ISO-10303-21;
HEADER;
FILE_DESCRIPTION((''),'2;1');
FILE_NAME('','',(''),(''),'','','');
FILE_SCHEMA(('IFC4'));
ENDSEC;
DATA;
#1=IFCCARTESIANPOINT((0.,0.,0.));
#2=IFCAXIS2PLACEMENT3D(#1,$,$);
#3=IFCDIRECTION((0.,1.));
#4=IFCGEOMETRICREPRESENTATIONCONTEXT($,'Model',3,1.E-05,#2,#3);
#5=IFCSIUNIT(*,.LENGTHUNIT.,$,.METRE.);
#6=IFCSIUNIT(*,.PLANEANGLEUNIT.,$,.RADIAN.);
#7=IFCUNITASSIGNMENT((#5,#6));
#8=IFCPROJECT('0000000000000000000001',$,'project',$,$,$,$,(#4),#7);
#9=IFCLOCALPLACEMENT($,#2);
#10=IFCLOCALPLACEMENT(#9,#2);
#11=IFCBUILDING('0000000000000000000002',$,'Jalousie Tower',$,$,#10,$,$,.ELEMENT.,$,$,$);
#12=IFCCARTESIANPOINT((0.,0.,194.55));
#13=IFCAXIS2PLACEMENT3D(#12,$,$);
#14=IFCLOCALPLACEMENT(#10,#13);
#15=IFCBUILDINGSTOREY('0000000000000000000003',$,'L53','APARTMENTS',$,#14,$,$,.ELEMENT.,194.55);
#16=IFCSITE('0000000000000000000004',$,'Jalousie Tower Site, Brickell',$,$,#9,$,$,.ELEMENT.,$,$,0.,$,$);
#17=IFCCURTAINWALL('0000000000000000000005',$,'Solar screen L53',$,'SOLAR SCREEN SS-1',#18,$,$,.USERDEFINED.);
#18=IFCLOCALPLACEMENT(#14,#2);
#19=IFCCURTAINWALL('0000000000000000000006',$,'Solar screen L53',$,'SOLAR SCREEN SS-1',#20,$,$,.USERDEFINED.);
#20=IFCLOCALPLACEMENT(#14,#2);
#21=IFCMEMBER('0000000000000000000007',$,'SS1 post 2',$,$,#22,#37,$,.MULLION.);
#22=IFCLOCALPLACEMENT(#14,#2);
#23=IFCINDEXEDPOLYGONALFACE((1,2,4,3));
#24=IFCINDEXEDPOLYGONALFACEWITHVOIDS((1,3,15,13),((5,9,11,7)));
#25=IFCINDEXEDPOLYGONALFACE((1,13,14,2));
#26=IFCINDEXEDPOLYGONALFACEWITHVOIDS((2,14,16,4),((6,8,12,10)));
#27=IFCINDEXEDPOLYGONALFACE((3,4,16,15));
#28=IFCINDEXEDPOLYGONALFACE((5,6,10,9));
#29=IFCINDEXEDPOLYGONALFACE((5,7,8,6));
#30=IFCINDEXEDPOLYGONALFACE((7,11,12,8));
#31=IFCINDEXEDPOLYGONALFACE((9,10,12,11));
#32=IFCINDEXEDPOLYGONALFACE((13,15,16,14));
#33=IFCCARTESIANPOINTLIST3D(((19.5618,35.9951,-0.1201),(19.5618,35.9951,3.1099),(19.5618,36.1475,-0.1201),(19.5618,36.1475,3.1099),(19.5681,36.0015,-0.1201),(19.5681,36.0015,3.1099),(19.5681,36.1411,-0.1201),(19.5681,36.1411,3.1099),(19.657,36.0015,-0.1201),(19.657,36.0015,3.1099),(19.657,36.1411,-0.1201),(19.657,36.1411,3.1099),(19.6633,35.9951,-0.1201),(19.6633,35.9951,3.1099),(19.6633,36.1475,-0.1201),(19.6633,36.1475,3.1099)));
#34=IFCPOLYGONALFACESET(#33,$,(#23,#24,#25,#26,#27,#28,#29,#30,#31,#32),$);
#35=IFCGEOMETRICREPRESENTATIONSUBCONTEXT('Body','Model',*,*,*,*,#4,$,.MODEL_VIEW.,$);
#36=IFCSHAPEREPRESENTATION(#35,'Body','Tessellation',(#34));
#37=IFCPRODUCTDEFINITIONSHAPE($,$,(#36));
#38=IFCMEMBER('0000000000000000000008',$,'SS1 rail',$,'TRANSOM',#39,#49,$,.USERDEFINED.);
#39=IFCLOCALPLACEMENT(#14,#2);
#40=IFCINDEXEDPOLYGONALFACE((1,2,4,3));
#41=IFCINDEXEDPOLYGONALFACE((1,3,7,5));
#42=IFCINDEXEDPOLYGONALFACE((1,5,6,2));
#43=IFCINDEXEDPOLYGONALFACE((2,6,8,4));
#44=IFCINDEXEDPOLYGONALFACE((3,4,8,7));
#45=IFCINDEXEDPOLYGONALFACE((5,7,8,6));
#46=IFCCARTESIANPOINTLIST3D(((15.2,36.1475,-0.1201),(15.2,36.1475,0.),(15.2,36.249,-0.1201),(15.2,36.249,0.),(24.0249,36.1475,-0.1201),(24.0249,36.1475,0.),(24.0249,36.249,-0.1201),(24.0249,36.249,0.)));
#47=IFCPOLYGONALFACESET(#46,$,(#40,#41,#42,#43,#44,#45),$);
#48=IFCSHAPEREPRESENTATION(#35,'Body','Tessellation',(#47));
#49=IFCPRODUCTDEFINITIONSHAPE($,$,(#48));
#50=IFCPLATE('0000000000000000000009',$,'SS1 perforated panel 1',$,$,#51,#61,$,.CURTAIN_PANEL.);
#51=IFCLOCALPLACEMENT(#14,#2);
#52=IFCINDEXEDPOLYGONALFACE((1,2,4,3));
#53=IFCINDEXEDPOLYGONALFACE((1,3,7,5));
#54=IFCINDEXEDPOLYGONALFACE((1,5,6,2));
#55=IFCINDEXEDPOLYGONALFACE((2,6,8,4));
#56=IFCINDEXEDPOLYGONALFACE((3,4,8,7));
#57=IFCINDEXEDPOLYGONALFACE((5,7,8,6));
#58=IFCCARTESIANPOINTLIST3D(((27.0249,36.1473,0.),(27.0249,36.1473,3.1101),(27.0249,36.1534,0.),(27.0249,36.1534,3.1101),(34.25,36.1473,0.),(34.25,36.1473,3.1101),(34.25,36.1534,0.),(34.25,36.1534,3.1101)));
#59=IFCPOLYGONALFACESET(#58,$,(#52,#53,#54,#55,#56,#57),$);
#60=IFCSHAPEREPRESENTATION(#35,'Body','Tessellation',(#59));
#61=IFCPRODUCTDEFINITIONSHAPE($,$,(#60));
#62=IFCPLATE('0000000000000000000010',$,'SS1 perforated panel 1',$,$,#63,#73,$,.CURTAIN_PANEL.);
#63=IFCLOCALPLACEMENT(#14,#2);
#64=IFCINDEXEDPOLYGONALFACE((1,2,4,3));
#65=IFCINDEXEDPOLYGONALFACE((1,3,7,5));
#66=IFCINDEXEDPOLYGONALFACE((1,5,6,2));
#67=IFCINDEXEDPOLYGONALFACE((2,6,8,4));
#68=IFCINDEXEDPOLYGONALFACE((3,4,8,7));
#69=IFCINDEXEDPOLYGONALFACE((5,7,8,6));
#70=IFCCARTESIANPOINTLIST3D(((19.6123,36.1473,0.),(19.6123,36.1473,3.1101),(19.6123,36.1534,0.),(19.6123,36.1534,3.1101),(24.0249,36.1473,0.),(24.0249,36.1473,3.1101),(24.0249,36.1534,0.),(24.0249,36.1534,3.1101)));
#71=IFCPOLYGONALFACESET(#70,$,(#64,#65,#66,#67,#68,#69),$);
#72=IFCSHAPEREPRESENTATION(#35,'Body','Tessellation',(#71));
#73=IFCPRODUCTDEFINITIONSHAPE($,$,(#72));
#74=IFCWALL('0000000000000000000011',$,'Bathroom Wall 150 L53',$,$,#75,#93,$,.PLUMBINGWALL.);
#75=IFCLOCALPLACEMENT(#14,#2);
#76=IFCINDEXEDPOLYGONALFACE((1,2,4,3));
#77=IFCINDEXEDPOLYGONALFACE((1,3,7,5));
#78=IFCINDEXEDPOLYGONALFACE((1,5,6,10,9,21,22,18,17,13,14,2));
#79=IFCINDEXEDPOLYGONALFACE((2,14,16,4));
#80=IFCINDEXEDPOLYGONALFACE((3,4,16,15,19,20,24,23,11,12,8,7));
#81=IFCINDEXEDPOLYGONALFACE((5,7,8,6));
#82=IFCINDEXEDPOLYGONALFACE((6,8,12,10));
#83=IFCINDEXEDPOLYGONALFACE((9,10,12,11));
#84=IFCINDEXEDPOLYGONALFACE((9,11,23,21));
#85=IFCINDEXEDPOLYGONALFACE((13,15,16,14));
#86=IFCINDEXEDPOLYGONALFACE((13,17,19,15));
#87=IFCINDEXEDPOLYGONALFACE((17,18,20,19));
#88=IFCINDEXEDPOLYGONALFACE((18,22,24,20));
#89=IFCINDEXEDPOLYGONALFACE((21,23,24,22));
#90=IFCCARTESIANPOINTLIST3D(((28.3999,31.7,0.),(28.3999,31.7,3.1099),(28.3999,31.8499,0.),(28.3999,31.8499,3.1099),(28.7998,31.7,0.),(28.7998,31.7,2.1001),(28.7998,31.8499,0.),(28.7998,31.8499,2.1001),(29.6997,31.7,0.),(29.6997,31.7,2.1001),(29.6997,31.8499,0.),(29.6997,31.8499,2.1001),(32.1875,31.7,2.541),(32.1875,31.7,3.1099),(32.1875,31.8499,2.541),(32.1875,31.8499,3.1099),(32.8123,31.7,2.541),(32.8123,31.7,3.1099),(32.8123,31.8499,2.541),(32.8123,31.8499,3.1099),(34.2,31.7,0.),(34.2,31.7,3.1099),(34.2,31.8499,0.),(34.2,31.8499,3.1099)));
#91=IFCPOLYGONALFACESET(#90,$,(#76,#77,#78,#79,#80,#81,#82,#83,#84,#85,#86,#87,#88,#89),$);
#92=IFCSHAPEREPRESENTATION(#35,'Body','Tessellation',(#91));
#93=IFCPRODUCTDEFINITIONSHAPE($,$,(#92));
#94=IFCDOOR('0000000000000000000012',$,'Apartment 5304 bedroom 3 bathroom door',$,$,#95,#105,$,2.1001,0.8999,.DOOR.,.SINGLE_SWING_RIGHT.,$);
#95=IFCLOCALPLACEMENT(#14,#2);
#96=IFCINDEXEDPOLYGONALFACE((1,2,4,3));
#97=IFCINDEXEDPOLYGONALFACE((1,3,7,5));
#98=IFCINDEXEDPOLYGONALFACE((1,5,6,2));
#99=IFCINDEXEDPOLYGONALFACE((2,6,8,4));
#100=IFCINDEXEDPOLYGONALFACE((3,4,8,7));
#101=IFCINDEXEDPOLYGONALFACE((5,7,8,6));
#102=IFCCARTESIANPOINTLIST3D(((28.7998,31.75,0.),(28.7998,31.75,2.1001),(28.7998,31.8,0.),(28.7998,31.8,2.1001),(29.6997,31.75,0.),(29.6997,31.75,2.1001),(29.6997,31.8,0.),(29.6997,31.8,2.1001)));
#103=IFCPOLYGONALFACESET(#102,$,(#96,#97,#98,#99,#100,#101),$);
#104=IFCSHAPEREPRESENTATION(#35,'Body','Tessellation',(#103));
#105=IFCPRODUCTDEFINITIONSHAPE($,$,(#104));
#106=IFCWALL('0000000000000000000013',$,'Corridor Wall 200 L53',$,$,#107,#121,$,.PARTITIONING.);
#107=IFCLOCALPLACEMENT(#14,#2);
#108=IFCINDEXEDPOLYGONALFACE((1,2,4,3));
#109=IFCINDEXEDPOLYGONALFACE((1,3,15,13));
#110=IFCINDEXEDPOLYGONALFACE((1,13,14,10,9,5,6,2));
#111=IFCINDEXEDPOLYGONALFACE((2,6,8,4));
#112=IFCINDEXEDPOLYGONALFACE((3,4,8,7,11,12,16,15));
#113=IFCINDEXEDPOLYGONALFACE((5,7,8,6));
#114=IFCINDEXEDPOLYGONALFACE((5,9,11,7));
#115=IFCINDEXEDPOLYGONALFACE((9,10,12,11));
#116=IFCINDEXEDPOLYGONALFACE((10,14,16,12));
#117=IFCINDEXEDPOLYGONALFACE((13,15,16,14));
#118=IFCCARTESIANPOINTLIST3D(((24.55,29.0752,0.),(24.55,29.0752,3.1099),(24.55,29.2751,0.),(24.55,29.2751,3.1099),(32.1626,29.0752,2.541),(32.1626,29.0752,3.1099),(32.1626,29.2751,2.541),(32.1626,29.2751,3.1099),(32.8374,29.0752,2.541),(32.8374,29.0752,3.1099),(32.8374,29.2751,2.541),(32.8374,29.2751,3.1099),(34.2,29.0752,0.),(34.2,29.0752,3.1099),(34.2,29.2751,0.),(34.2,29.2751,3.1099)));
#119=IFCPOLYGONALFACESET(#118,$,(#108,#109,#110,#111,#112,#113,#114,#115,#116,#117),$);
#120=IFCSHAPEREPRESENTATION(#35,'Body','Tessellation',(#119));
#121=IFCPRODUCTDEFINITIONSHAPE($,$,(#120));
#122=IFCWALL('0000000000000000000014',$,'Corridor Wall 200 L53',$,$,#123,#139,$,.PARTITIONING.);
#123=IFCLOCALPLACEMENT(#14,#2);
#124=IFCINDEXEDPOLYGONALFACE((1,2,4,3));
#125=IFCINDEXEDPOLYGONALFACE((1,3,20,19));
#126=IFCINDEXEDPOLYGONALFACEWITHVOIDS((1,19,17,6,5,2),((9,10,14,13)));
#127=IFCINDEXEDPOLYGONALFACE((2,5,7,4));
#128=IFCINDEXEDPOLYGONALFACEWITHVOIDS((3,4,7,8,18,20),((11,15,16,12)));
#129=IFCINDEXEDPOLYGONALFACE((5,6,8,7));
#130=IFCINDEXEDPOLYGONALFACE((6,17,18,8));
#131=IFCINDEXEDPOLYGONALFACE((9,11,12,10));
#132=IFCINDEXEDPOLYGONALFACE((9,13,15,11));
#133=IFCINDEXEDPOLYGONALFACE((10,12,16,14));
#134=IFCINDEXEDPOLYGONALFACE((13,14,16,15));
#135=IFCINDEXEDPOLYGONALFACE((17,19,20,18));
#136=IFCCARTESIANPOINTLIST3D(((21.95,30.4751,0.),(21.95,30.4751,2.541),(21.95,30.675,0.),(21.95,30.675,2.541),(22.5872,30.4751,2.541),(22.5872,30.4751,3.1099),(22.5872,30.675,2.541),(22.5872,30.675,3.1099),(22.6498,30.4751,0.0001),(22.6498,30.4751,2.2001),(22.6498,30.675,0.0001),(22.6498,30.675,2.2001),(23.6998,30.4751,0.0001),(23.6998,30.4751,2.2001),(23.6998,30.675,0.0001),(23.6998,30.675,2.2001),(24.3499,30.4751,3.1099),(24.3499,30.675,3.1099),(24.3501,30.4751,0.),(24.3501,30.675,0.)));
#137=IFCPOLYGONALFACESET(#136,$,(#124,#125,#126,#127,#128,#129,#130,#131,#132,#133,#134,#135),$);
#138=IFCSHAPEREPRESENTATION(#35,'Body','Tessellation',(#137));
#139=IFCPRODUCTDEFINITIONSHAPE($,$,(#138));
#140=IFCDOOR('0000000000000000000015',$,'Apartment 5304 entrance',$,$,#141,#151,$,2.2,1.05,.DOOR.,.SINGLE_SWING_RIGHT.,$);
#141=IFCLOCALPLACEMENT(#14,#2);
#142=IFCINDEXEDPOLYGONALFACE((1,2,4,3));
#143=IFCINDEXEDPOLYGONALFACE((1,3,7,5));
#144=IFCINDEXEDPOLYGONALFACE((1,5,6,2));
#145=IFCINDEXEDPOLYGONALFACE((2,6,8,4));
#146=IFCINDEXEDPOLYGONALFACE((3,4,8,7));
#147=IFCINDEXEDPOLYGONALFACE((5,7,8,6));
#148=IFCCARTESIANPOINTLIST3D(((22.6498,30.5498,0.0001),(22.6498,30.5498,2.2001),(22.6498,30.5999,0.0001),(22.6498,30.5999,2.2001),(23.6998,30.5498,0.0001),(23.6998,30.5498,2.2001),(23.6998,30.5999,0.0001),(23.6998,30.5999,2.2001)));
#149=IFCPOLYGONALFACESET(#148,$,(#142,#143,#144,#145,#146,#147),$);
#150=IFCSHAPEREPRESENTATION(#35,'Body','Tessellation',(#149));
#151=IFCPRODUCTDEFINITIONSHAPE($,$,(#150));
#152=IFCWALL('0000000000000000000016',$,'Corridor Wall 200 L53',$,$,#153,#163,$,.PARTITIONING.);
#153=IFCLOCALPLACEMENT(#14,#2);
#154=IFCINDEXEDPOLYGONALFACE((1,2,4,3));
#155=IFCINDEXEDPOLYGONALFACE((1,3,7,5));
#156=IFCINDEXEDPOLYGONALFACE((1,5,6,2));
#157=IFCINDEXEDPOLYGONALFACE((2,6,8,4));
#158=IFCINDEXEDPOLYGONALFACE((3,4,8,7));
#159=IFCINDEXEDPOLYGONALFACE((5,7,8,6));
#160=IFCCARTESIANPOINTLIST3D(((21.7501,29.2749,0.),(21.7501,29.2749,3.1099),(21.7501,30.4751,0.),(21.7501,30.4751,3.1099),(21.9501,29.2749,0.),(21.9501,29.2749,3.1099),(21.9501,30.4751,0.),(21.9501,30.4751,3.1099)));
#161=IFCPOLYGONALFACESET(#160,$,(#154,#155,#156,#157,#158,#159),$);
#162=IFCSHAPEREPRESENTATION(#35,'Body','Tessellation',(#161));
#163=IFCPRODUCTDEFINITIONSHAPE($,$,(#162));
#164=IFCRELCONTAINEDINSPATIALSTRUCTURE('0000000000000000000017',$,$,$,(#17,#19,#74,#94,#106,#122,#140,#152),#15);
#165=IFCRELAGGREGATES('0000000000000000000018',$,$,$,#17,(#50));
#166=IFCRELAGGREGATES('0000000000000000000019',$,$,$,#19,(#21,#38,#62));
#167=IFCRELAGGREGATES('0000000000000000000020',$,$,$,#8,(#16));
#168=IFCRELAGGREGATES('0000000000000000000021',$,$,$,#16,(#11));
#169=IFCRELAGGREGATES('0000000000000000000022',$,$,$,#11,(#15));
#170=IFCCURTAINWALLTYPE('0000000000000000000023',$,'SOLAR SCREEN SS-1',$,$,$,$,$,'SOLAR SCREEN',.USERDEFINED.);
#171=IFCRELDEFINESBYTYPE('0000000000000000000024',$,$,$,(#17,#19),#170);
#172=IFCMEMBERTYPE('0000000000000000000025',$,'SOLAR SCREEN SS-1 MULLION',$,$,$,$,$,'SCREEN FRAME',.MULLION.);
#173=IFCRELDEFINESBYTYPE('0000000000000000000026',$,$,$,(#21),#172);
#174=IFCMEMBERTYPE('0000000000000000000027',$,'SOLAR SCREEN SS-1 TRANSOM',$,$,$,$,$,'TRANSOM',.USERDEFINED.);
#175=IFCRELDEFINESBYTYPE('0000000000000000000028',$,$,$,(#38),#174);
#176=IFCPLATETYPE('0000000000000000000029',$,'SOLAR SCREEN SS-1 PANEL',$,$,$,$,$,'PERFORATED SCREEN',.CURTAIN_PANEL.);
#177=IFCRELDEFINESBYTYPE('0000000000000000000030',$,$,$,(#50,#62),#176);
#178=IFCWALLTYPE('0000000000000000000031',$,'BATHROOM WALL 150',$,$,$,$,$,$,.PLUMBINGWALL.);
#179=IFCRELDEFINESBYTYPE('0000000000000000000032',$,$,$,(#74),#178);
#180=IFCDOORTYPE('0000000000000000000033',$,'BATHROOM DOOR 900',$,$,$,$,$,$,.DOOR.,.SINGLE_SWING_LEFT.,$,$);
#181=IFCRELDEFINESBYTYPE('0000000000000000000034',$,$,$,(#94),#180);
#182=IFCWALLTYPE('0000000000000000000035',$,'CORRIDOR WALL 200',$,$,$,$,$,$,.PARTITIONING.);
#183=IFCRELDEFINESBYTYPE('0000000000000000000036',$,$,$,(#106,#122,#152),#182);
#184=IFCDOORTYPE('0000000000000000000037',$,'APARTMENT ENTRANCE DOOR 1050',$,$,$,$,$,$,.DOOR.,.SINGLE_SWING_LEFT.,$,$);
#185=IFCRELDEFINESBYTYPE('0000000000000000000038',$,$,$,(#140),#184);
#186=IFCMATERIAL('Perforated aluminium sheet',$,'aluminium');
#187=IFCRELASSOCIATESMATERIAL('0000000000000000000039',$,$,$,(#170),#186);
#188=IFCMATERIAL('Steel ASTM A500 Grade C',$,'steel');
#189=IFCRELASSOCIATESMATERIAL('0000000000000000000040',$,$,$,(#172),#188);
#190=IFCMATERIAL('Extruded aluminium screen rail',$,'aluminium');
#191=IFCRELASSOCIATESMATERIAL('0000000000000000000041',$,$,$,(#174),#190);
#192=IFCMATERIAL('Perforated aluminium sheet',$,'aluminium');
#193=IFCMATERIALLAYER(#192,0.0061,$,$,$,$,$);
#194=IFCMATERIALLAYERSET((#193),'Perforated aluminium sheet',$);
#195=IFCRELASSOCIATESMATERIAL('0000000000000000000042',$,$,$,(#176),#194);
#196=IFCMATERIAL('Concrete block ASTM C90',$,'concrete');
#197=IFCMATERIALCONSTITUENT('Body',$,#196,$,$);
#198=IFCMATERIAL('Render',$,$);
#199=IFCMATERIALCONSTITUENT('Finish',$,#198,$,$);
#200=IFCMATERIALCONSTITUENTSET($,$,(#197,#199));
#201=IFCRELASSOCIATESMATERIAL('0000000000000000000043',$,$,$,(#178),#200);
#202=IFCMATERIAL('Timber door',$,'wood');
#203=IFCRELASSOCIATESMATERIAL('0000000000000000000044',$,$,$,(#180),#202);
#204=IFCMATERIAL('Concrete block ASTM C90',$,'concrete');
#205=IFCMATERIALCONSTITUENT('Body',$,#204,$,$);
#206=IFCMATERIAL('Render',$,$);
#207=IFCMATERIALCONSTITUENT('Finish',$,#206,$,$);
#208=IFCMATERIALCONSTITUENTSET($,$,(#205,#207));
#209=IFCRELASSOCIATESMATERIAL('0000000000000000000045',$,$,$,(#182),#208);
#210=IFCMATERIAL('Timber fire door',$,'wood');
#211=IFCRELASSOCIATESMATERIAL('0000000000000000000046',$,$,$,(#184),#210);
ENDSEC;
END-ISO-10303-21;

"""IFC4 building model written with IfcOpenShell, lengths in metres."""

from ifc_helpers import new_model, si_unit, direction, frame, frame_2d, origin, origin_2d, place, context, subcontext, project, spatial, polyline, rectangle, hollow_rectangle, outline, extrude, material, layer, layer_set, constituent, constituent_set, material_profile, profile_set, type_object, element, fill, aggregate, save


model = new_model("IFC4")

# Units and contexts
model_context = context("Model", 3, precision=1e-05, world=origin(), true_north=direction((0.0, 1.0)))
body_context = subcontext(model_context, "Body", "Model", "MODEL_VIEW")
ifc_project = project(units=[si_unit("LENGTHUNIT", "METRE"), si_unit("PLANEANGLEUNIT", "RADIAN")], contexts=[model_context])

# Site, building, storey
site_placement = place(None, origin())
site = spatial("IfcSite", under=ifc_project, at=site_placement, Name="Jalousie Tower Site, Brickell", CompositionType="ELEMENT", RefElevation=0.0)
building_placement = place(site_placement, origin())
building = spatial("IfcBuilding", under=site, at=building_placement, Name="Jalousie Tower", CompositionType="ELEMENT")
storey_placement = place(building_placement, frame((0.0, 0.0, 194.55)))
storey = spatial("IfcBuildingStorey", under=building, at=storey_placement, Name="L53", Description="APARTMENTS", CompositionType="ELEMENT", Elevation=194.55)

# Curtain wall
ifc_material_1 = material(Name="Perforated aluminium sheet", Category="aluminium")
curtain_wall_type = type_object("IfcCurtainWallType", Name="SOLAR SCREEN SS-1", ElementType="SOLAR SCREEN", PredefinedType="USERDEFINED", material=ifc_material_1)
curtain_wall_1_placement = place(storey_placement, origin())
curtain_wall_1 = element("IfcCurtainWall", 1, at=curtain_wall_1_placement, inside=storey, type_object=curtain_wall_type, Name="Solar screen L53", ObjectType="SOLAR SCREEN SS-1", PredefinedType="USERDEFINED")
ifc_material_2 = material(Name="Steel ASTM A500 Grade C", Category="steel")
ifc_material_profile_1 = material_profile(ifc_material_2, hollow_rectangle(XDim=0.1016, YDim=0.1523, WallThickness=0.0063, at=origin_2d()), Name="HSS6X4X1/4")
ifc_profile_set_1 = profile_set([ifc_material_profile_1], Name="Steel ASTM A500 Grade C")
member_type_1 = type_object("IfcMemberType", Name="SOLAR SCREEN SS-1 MULLION", ElementType="SCREEN FRAME", PredefinedType="MULLION", material=ifc_profile_set_1)

# Curtain wall, members
curtain_wall_2_placement = place(storey_placement, origin())
curtain_wall_2 = element("IfcCurtainWall", 2, at=curtain_wall_2_placement, inside=storey, type_object=curtain_wall_type, Name="Solar screen L53", ObjectType="SOLAR SCREEN SS-1", PredefinedType="USERDEFINED")
member_1_placement = place(storey_placement, frame((19.6125, 36.0713, -0.1201), z_axis=(0.0, 0.0, 1.0), x_axis=(-1.0, 0.0, 0.0)))
member_1 = element("IfcMember", 3, at=member_1_placement, type_object=member_type_1, Name="SS1 post 2", PredefinedType="MULLION", context=body_context, shape_type="SweptSolid", body=[
    extrude(hollow_rectangle(XDim=0.1016, YDim=0.1523, WallThickness=0.0063, at=origin_2d()), origin(), (0.0, 0.0, 1.0), 3.23),
])
ifc_material_3 = material(Name="Extruded aluminium screen rail", Category="aluminium")
ifc_material_profile_2 = material_profile(ifc_material_3, rectangle(XDim=0.1016, YDim=0.1201, at=origin_2d()), Name="RAIL 102x120")
ifc_profile_set_2 = profile_set([ifc_material_profile_2], Name="Extruded aluminium screen rail")
member_type_2 = type_object("IfcMemberType", Name="SOLAR SCREEN SS-1 TRANSOM", ElementType="TRANSOM", PredefinedType="USERDEFINED", material=ifc_profile_set_2)
member_2_placement = place(storey_placement, frame((24.0249, 36.1982, -0.0601), z_axis=(-1.0, 0.0, 0.0), x_axis=(0.0, -1.0, 0.0)))
member_2 = element("IfcMember", 4, at=member_2_placement, type_object=member_type_2, Name="SS1 rail", ObjectType="TRANSOM", PredefinedType="USERDEFINED", context=body_context, shape_type="SweptSolid", body=[
    extrude(rectangle(XDim=0.1016, YDim=0.1201, at=origin_2d()), origin(), (0.0, 0.0, 1.0), 8.825),
])

# Plates
ifc_material_4 = material(Name="Perforated aluminium sheet", Category="aluminium")
ifc_layer = layer(ifc_material_4, 0.0061)
ifc_layer_set = layer_set([ifc_layer], Name="Perforated aluminium sheet")
plate_type = type_object("IfcPlateType", Name="SOLAR SCREEN SS-1 PANEL", ElementType="PERFORATED SCREEN", PredefinedType="CURTAIN_PANEL", material=ifc_layer_set)
plate_1_placement = place(storey_placement, frame((30.6375, 36.1504, 0.0), z_axis=(0.0, 0.0, 1.0), x_axis=(-1.0, 0.0, 0.0)))
plate_1 = element("IfcPlate", 5, at=plate_1_placement, type_object=plate_type, Name="SS1 perforated panel 1", PredefinedType="CURTAIN_PANEL", context=body_context, shape_type="SweptSolid", body=[
    extrude(rectangle(XDim=7.2251, YDim=0.0061, at=origin_2d()), origin(), (0.0, 0.0, 1.0), 3.1101),
])
aggregate(curtain_wall_1, [plate_1])
plate_2_placement = place(storey_placement, frame((21.8186, 36.1504, 0.0), z_axis=(0.0, 0.0, 1.0), x_axis=(-1.0, 0.0, 0.0)))
plate_2 = element("IfcPlate", 6, at=plate_2_placement, type_object=plate_type, Name="SS1 perforated panel 1", PredefinedType="CURTAIN_PANEL", context=body_context, shape_type="SweptSolid", body=[
    extrude(rectangle(XDim=4.4126, YDim=0.0061, at=origin_2d()), origin(), (0.0, 0.0, 1.0), 3.1101),
])
aggregate(curtain_wall_2, [member_1, member_2, plate_2])

# Wall, opening, door
ifc_material_5 = material(Name="Concrete block ASTM C90", Category="concrete")
ifc_constituent_1 = constituent(ifc_material_5, Name="Body")
ifc_material_6 = material(Name="Render")
ifc_constituent_2 = constituent(ifc_material_6, Name="Finish")
ifc_constituent_set_1 = constituent_set(constituents=[ifc_constituent_1, ifc_constituent_2])
wall_type_1 = type_object("IfcWallType", Name="BATHROOM WALL 150", PredefinedType="PLUMBINGWALL", material=ifc_constituent_set_1)
wall_1_placement = place(storey_placement, frame((28.3999, 31.7749, 0.0), z_axis=(0.0, 0.0, 1.0), x_axis=(1.0, 0.0, 0.0)))
wall_1 = element("IfcWall", 7, at=wall_1_placement, inside=storey, type_object=wall_type_1, Name="Bathroom Wall 150 L53", PredefinedType="PLUMBINGWALL", context=body_context, shape_type="SweptSolid", body=[
    extrude(outline(polyline([(0.0, 0.0), (5.8, 0.0), (5.8, 3.1099), (4.4124, 3.1099), (4.4124, 2.541), (3.7876, 2.541), (3.7876, 3.1099), (0.0, 3.1099), (0.0, 0.0)])), frame((0.0, 0.075, 0.0), z_axis=(0.0, -1.0, 0.0), x_axis=(1.0, 0.0, 0.0)), (0.0, 0.0, 1.0), 0.1499),
])
opening_1_placement = place(wall_1_placement, frame((0.3999, 0.0, 0.0)))
opening_1 = element("IfcOpeningElement", 8, at=opening_1_placement, cuts=wall_1, PredefinedType="OPENING", context=body_context, shape_type="SweptSolid", body=[
    extrude(rectangle(XDim=0.8999, YDim=2.1001, at=frame_2d((0.45, 1.05))), frame((0.0, 0.085, 0.0), z_axis=(0.0, -1.0, 0.0), x_axis=(1.0, 0.0, 0.0)), (0.0, 0.0, 1.0), 0.1699),
])
ifc_material_7 = material(Name="Timber door", Category="wood")
door_type_1 = type_object("IfcDoorType", Name="BATHROOM DOOR 900", OperationType="SINGLE_SWING_LEFT", PredefinedType="DOOR", material=ifc_material_7)
door_1_placement = place(opening_1_placement, frame((0.8999, 0.0, 0.0), z_axis=(0.0, 0.0, 1.0), x_axis=(-1.0, 0.0, 0.0)))
door_1 = element("IfcDoor", 9, at=door_1_placement, inside=storey, type_object=door_type_1, Name="Apartment 5304 bedroom 3 bathroom door", OperationType="SINGLE_SWING_RIGHT", OverallHeight=2.1001, OverallWidth=0.8999, PredefinedType="DOOR", context=body_context, shape_type="SweptSolid", body=[
    extrude(rectangle(XDim=0.8999, YDim=2.1001, at=frame_2d((0.45, 1.05))), frame((0.0, 0.0249, 0.0), z_axis=(0.0, -1.0, 0.0), x_axis=(1.0, 0.0, 0.0)), (0.0, 0.0, 1.0), 0.05),
])
fill(opening_1, door_1)

# Wall
ifc_material_8 = material(Name="Concrete block ASTM C90", Category="concrete")
ifc_constituent_3 = constituent(ifc_material_8, Name="Body")
ifc_material_9 = material(Name="Render")
ifc_constituent_4 = constituent(ifc_material_9, Name="Finish")
ifc_constituent_set_2 = constituent_set(constituents=[ifc_constituent_3, ifc_constituent_4])
wall_type_2 = type_object("IfcWallType", Name="CORRIDOR WALL 200", PredefinedType="PARTITIONING", material=ifc_constituent_set_2)
wall_2_placement = place(storey_placement, frame((24.55, 29.175, 0.0), z_axis=(0.0, 0.0, 1.0), x_axis=(1.0, 0.0, 0.0)))
element("IfcWall", 10, at=wall_2_placement, inside=storey, type_object=wall_type_2, Name="Corridor Wall 200 L53", PredefinedType="PARTITIONING", context=body_context, shape_type="SweptSolid", body=[
    extrude(outline(polyline([(0.0, 0.0), (9.6499, 0.0), (9.6499, 3.1099), (8.2874, 3.1099), (8.2874, 2.541), (7.6125, 2.541), (7.6125, 3.1099), (0.0, 3.1099), (0.0, 0.0)])), frame((0.0, 0.1001, 0.0), z_axis=(0.0, -1.0, 0.0), x_axis=(1.0, 0.0, 0.0)), (0.0, 0.0, 1.0), 0.2),
])

# Wall, opening, door
wall_3_placement = place(storey_placement, frame((21.95, 30.575, 0.0), z_axis=(0.0, 0.0, 1.0), x_axis=(1.0, 0.0, 0.0)))
wall_3 = element("IfcWall", 11, at=wall_3_placement, inside=storey, type_object=wall_type_2, Name="Corridor Wall 200 L53", PredefinedType="PARTITIONING", context=body_context, shape_type="SweptSolid", body=[
    extrude(outline(polyline([(0.0, 0.0), (2.4001, 0.0), (2.3999, 3.1099), (0.6372, 3.1099), (0.6372, 2.541), (0.0, 2.541), (0.0, 3.1099), (0.0, 0.0)])), frame((0.0, 0.1001, 0.0), z_axis=(0.0, -1.0, 0.0), x_axis=(1.0, 0.0, 0.0)), (0.0, 0.0, 1.0), 0.2),
])
opening_2_placement = place(wall_3_placement, frame((0.7, 0.0, 0.0)))
opening_2 = element("IfcOpeningElement", 12, at=opening_2_placement, cuts=wall_3, PredefinedType="OPENING", context=body_context, shape_type="SweptSolid", body=[
    extrude(rectangle(XDim=1.05, YDim=2.2, at=frame_2d((0.5249, 1.1001))), frame((0.0, 0.1099, 0.0), z_axis=(0.0, -1.0, 0.0), x_axis=(1.0, 0.0, 0.0)), (0.0, 0.0, 1.0), 0.22),
])
ifc_material_10 = material(Name="Timber fire door", Category="wood")
door_type_2 = type_object("IfcDoorType", Name="APARTMENT ENTRANCE DOOR 1050", OperationType="SINGLE_SWING_LEFT", PredefinedType="DOOR", material=ifc_material_10)
door_2_placement = place(opening_2_placement, origin())
door_2 = element("IfcDoor", 13, at=door_2_placement, inside=storey, type_object=door_type_2, Name="Apartment 5304 entrance", OperationType="SINGLE_SWING_RIGHT", OverallHeight=2.2, OverallWidth=1.05, PredefinedType="DOOR", context=body_context, shape_type="SweptSolid", body=[
    extrude(rectangle(XDim=1.05, YDim=2.2, at=frame_2d((0.5249, 1.1001))), frame((0.0, 0.0249, 0.0), z_axis=(0.0, -1.0, 0.0), x_axis=(1.0, 0.0, 0.0)), (0.0, 0.0, 1.0), 0.05),
])
fill(opening_2, door_2)

# Wall
for number, where, z_axis, x_axis, name in (
    (14, (21.8501, 29.2749, 0.0), (0.0, 0.0, 1.0), (0.0, 1.0, 0.0), "Corridor Wall 200 L53"),
):
    element("IfcWall", number, at=place(storey_placement, frame(where, z_axis=z_axis, x_axis=x_axis)), inside=storey, type_object=wall_type_2, Name=name, PredefinedType="PARTITIONING", context=body_context, shape_type="SweptSolid", body=[
        extrude(rectangle(XDim=1.2002, YDim=0.2, at=frame_2d((0.6001, 0.0))), origin(), (0.0, 0.0, 1.0), 3.1099),
    ])

save(model, "model.ifc")
